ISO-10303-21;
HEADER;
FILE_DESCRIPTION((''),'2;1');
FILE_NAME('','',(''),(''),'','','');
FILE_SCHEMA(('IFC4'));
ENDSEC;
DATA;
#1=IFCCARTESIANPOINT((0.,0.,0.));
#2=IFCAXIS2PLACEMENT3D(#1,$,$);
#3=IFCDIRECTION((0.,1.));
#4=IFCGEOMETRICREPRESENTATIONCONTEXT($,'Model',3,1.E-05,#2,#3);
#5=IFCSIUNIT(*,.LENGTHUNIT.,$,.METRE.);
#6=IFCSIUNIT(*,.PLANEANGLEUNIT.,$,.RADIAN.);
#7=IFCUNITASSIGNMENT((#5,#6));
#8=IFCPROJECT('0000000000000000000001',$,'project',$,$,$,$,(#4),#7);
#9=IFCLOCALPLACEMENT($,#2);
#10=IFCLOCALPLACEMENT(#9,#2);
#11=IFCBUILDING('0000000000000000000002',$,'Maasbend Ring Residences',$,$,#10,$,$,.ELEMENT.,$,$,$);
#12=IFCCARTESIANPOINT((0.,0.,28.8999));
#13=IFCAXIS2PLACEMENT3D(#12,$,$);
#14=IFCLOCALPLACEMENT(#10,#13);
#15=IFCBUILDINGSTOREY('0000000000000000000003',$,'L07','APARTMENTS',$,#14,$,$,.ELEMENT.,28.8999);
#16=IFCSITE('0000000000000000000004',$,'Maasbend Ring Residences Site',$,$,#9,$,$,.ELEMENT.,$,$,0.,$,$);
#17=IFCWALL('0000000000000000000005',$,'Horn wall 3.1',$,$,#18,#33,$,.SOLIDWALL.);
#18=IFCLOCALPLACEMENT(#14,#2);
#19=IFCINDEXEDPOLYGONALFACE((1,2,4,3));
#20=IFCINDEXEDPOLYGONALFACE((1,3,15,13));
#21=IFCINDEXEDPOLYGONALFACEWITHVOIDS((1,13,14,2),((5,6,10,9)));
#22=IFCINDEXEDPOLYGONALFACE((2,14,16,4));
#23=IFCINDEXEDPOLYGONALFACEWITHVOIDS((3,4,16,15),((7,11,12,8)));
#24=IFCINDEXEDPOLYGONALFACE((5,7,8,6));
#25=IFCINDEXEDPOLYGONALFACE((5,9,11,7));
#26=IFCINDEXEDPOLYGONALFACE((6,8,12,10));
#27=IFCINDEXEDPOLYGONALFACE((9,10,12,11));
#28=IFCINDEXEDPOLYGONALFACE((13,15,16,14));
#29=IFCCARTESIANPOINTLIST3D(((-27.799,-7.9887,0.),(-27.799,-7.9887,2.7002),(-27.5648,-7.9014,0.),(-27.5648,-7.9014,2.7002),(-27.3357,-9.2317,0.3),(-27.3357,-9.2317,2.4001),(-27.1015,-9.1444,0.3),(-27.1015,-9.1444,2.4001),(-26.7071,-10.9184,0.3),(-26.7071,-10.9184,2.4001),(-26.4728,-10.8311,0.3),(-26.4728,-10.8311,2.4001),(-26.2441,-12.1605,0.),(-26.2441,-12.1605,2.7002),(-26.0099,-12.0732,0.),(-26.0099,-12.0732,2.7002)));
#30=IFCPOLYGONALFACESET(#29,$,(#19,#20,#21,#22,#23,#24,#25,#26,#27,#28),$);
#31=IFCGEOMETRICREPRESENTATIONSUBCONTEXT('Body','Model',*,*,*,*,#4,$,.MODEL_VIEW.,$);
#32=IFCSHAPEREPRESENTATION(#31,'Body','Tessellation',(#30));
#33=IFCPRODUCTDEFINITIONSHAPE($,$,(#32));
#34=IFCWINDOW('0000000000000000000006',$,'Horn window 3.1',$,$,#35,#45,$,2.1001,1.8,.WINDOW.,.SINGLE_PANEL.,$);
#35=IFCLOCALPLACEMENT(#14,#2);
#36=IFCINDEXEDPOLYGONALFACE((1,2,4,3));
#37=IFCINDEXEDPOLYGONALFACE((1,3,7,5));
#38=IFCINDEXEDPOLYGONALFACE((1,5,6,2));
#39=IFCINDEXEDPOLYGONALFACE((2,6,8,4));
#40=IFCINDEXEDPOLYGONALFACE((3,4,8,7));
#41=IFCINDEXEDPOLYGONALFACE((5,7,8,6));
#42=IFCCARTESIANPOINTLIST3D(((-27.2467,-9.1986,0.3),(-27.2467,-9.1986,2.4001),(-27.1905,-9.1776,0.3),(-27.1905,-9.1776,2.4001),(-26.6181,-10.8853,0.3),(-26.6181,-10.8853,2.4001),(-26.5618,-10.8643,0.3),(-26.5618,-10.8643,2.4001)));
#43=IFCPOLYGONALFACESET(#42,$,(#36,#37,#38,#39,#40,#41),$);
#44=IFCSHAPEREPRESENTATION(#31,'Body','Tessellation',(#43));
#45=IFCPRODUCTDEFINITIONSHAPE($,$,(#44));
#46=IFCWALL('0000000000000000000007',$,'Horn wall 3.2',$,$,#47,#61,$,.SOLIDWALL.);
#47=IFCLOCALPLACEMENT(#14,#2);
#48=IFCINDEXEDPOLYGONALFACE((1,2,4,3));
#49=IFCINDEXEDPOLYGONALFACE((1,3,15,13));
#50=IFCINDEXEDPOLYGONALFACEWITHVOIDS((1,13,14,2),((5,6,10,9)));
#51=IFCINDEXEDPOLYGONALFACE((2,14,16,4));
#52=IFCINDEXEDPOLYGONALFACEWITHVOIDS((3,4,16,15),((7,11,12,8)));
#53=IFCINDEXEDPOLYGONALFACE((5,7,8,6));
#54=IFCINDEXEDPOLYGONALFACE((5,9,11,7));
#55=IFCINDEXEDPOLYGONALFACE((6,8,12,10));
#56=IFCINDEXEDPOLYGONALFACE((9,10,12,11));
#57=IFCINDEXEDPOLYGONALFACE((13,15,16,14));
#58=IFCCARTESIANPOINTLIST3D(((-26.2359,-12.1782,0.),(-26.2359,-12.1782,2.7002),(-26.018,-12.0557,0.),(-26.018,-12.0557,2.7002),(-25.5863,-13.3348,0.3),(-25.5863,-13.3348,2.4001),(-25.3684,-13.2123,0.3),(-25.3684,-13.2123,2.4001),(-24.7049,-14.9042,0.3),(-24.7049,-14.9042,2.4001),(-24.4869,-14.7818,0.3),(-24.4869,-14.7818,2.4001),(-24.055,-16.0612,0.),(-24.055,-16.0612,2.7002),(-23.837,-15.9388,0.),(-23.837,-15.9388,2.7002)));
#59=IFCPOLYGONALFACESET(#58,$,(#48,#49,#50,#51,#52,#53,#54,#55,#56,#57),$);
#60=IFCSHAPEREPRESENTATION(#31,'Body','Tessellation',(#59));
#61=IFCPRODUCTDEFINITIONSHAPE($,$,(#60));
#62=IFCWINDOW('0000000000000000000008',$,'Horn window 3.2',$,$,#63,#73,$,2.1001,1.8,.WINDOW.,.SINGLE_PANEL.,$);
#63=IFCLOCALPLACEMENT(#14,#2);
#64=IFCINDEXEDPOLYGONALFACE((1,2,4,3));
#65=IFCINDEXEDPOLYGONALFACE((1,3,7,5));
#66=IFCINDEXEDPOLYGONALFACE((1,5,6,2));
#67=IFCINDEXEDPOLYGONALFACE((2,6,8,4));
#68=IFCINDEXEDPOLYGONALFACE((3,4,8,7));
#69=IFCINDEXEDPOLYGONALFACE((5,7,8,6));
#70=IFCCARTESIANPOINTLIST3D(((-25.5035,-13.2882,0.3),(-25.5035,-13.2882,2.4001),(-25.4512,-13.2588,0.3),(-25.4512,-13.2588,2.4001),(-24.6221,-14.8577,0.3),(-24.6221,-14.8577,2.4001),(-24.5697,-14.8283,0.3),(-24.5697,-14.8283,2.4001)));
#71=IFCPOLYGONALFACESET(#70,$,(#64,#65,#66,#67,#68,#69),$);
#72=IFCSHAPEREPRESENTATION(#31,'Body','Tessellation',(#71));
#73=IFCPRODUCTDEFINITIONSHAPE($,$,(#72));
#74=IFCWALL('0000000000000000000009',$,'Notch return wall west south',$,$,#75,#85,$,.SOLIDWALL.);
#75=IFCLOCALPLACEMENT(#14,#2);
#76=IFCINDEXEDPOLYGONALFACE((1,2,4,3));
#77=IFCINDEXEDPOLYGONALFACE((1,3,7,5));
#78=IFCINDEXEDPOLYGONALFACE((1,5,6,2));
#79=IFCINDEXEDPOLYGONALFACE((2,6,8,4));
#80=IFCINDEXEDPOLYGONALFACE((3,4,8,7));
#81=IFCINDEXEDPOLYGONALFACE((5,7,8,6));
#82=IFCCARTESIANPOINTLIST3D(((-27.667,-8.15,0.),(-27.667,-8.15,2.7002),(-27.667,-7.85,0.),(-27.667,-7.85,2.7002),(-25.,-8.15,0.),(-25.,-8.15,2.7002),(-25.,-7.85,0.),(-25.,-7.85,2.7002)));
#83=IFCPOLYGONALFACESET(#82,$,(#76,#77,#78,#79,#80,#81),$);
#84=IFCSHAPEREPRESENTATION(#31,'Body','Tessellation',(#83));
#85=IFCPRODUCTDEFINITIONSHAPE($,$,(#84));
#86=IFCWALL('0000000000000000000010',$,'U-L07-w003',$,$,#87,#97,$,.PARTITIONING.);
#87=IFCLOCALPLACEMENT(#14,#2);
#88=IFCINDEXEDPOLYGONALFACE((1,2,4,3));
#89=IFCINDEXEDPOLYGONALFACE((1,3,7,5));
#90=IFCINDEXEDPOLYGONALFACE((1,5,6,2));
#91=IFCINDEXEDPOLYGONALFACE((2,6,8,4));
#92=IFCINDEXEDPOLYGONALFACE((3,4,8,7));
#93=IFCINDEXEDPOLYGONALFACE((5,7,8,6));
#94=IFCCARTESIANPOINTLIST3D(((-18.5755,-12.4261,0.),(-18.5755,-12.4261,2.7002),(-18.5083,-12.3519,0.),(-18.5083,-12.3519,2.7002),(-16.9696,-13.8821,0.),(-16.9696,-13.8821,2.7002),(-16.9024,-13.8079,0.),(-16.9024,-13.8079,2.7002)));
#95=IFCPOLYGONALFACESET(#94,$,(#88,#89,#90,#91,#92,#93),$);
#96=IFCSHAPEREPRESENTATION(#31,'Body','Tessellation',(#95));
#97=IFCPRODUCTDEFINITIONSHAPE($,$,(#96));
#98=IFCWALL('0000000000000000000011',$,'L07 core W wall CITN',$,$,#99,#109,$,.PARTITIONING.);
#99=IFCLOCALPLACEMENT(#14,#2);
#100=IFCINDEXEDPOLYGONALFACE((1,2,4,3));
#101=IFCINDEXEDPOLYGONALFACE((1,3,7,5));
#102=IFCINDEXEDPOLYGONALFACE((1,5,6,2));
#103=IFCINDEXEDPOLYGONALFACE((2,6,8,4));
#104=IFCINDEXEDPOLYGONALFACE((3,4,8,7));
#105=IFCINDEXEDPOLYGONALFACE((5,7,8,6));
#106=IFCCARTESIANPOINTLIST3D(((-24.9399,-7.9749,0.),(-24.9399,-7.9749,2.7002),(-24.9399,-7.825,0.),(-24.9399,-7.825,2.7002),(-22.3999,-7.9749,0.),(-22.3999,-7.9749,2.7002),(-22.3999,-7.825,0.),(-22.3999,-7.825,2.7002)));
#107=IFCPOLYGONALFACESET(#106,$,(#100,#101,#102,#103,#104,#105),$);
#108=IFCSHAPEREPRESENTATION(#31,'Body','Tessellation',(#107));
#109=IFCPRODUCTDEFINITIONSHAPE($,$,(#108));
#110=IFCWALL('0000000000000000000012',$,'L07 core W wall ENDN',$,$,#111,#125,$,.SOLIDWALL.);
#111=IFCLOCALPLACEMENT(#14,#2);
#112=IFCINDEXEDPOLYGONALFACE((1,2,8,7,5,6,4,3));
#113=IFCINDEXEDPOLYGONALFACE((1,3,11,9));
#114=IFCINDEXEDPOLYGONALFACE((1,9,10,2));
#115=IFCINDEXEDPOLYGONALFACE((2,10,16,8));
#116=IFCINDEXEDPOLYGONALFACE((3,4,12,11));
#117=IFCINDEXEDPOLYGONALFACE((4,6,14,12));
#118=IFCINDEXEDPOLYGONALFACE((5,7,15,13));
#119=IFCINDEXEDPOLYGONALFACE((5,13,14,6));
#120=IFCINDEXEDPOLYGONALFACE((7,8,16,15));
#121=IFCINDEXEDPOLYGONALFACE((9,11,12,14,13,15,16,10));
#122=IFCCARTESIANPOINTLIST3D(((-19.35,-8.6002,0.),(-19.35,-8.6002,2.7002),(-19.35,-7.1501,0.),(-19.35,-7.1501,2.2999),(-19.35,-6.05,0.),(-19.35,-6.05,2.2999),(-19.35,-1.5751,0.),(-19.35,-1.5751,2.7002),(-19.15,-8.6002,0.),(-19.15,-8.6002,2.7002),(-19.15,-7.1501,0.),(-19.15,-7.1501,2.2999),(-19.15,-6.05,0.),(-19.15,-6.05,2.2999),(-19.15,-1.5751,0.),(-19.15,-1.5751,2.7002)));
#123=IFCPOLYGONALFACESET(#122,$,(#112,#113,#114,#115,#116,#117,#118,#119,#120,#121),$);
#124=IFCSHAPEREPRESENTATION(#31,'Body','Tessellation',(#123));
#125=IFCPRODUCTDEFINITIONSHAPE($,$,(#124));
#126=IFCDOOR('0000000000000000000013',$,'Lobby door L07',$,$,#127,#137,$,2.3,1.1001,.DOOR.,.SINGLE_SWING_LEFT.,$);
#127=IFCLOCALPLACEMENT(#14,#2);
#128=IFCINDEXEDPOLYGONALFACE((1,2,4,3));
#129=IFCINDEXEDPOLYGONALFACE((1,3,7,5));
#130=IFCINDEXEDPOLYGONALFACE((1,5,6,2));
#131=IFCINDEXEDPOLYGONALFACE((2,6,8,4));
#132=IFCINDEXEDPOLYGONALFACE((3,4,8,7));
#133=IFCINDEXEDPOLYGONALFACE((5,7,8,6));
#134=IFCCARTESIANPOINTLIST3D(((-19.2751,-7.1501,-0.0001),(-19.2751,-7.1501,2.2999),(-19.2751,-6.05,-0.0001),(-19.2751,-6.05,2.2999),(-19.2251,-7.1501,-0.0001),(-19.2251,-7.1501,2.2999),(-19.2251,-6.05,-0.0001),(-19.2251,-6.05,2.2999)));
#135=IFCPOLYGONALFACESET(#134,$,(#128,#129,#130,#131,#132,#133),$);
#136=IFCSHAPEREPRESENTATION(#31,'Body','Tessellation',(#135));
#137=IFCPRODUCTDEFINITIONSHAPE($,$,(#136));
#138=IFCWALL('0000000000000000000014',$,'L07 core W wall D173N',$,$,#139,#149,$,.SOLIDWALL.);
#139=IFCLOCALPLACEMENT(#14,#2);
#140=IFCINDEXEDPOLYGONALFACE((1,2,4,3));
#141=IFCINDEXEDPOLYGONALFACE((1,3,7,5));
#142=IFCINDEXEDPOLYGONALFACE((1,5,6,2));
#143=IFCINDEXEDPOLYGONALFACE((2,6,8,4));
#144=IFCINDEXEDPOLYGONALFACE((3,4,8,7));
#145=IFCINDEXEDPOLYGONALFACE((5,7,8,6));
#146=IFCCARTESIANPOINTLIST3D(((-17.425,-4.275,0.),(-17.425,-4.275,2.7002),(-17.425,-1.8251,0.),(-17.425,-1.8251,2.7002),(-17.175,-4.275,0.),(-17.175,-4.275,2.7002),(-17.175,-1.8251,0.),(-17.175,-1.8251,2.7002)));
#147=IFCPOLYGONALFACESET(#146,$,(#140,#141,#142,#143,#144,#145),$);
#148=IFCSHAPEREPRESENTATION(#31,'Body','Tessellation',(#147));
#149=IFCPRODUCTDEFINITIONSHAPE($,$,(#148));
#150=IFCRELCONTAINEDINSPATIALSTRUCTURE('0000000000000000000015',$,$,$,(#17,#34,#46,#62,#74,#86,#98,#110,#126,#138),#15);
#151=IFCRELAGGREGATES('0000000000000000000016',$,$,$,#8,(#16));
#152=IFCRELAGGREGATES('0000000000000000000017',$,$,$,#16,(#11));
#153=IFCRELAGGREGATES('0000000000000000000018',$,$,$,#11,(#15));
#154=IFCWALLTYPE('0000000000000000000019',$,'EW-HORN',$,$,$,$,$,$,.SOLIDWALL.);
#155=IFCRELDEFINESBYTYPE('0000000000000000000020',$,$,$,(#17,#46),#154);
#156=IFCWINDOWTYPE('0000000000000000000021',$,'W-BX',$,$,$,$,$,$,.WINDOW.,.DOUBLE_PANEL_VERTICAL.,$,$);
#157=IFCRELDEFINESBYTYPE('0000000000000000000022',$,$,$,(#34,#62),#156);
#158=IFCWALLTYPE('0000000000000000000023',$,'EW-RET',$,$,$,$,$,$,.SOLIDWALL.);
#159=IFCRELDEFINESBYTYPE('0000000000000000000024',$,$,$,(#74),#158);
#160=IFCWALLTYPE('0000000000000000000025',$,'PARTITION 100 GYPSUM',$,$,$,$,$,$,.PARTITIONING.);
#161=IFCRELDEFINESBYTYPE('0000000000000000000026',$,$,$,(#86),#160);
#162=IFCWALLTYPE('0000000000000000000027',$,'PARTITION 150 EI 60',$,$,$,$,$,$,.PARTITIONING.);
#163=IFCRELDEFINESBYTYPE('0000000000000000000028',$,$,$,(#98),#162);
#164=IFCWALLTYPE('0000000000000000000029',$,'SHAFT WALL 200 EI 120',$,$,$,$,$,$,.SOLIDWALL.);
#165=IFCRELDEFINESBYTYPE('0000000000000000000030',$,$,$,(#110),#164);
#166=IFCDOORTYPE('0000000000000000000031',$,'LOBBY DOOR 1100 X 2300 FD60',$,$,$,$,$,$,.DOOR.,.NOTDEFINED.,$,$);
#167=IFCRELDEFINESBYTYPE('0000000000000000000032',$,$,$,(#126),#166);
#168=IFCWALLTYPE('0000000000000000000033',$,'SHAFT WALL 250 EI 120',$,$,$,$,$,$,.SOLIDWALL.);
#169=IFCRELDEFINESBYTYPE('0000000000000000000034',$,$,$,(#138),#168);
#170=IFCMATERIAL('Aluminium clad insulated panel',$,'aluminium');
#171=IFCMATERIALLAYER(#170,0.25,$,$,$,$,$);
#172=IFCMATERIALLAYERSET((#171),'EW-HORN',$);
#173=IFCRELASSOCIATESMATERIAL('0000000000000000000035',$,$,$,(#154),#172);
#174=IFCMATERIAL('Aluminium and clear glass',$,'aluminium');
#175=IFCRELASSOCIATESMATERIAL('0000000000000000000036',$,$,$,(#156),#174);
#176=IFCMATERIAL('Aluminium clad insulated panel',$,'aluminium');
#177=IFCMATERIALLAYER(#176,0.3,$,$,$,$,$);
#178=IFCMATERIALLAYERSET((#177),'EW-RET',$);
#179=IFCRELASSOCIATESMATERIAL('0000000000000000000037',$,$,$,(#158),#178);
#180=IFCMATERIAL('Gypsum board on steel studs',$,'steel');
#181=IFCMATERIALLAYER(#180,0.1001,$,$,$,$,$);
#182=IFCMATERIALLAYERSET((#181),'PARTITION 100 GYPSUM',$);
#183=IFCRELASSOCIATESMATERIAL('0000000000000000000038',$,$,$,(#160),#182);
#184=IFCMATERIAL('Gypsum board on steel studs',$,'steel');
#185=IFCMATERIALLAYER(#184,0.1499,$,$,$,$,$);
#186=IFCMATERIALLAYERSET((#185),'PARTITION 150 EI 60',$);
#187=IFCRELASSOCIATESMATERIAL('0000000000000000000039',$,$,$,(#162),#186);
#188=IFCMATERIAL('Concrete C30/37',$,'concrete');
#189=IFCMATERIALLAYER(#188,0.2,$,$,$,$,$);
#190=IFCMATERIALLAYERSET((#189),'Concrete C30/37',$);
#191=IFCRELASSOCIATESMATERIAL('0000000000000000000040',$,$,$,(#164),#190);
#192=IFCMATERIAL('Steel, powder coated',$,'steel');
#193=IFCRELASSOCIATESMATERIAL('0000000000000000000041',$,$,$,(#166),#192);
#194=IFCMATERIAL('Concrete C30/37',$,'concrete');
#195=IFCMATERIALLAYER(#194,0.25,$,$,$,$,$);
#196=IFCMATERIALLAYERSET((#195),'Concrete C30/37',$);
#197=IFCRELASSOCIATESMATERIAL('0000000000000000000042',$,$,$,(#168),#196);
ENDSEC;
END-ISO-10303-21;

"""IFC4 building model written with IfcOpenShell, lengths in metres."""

from ifc_helpers import new_model, si_unit, direction, frame, frame_2d, origin, place, context, subcontext, project, spatial, rectangle, extrude, material, layer, layer_set, type_object, element, fill, save


model = new_model("IFC4")

# Units and contexts
model_context = context("Model", 3, precision=1e-05, world=origin(), true_north=direction((0.0, 1.0)))
body_context = subcontext(model_context, "Body", "Model", "MODEL_VIEW")
ifc_project = project(units=[si_unit("LENGTHUNIT", "METRE"), si_unit("PLANEANGLEUNIT", "RADIAN")], contexts=[model_context])

# Site, building, storey
site_placement = place(None, origin())
site = spatial("IfcSite", under=ifc_project, at=site_placement, Name="Maasbend Ring Residences Site", CompositionType="ELEMENT", RefElevation=0.0)
building_placement = place(site_placement, origin())
building = spatial("IfcBuilding", under=site, at=building_placement, Name="Maasbend Ring Residences", CompositionType="ELEMENT")
storey_placement = place(building_placement, frame((0.0, 0.0, 28.8999)))
storey = spatial("IfcBuildingStorey", under=building, at=storey_placement, Name="L07", Description="APARTMENTS", CompositionType="ELEMENT", Elevation=28.8999)

# Walls, openings, windows
ifc_material_1 = material(Name="Aluminium clad insulated panel", Category="aluminium")
ifc_layer_1 = layer(ifc_material_1, 0.25)
ifc_layer_set_1 = layer_set([ifc_layer_1], Name="EW-HORN")
wall_type_1 = type_object("IfcWallType", Name="EW-HORN", PredefinedType="SOLIDWALL", material=ifc_layer_set_1)
wall_1_placement = place(storey_placement, frame((-27.6819, -7.9451, 0.0), z_axis=(0.0, 0.0, 1.0), x_axis=(0.349248, -0.93703, 0.0)))
wall_1 = element("IfcWall", 1, at=wall_1_placement, inside=storey, type_object=wall_type_1, Name="Horn wall 3.1", PredefinedType="SOLIDWALL", context=body_context, shape_type="SweptSolid", body=[
    extrude(rectangle(XDim=4.4521, YDim=0.25, at=frame_2d((2.2261, 0.0))), origin(), (0.0, 0.0, 1.0), 2.7002),
])
opening_1_placement = place(wall_1_placement, frame((1.3267, 0.0, 0.3)))
opening_1 = element("IfcOpeningElement", 2, at=opening_1_placement, cuts=wall_1, PredefinedType="OPENING", context=body_context, shape_type="SweptSolid", body=[
    extrude(rectangle(XDim=1.8, YDim=2.1001, at=frame_2d((0.8999, 1.05))), frame((0.0, 0.135, 0.0), z_axis=(0.0, -1.0, 0.0), x_axis=(1.0, 0.0, 0.0)), (0.0, 0.0, 1.0), 0.27),
])
ifc_material_2 = material(Name="Aluminium and clear glass", Category="aluminium")
window_type = type_object("IfcWindowType", Name="W-BX", PartitioningType="DOUBLE_PANEL_VERTICAL", PredefinedType="WINDOW", material=ifc_material_2)
window_1_placement = place(opening_1_placement, origin())
window_1 = element("IfcWindow", 3, at=window_1_placement, inside=storey, type_object=window_type, Name="Horn window 3.1", OverallHeight=2.1001, OverallWidth=1.8, PartitioningType="SINGLE_PANEL", PredefinedType="WINDOW", context=body_context, shape_type="SweptSolid", body=[
    extrude(rectangle(XDim=1.8, YDim=2.1001, at=frame_2d((0.8999, 1.05))), frame((0.0, 0.03, 0.0), z_axis=(0.0, -1.0, 0.0), x_axis=(1.0, 0.0, 0.0)), (0.0, 0.0, 1.0), 0.0601),
])
fill(opening_1, window_1)
wall_2_placement = place(storey_placement, frame((-26.127, -12.1169, 0.0), z_axis=(0.0, 0.0, 1.0), x_axis=(0.489696, -0.871893, 0.0)))
wall_2 = element("IfcWall", 4, at=wall_2_placement, inside=storey, type_object=wall_type_1, Name="Horn wall 3.2", PredefinedType="SOLIDWALL", context=body_context, shape_type="SweptSolid", body=[
    extrude(rectangle(XDim=4.4536, YDim=0.25, at=frame_2d((2.2268, 0.0))), origin(), (0.0, 0.0, 1.0), 2.7002),
])
opening_2_placement = place(wall_2_placement, frame((1.3267, 0.0, 0.3)))
opening_2 = element("IfcOpeningElement", 5, at=opening_2_placement, cuts=wall_2, PredefinedType="OPENING", context=body_context, shape_type="SweptSolid", body=[
    extrude(rectangle(XDim=1.8, YDim=2.1001, at=frame_2d((0.8999, 1.05))), frame((0.0, 0.135, 0.0), z_axis=(0.0, -1.0, 0.0), x_axis=(1.0, 0.0, 0.0)), (0.0, 0.0, 1.0), 0.27),
])
window_2_placement = place(opening_2_placement, origin())
window_2 = element("IfcWindow", 6, at=window_2_placement, inside=storey, type_object=window_type, Name="Horn window 3.2", OverallHeight=2.1001, OverallWidth=1.8, PartitioningType="SINGLE_PANEL", PredefinedType="WINDOW", context=body_context, shape_type="SweptSolid", body=[
    extrude(rectangle(XDim=1.8, YDim=2.1001, at=frame_2d((0.8999, 1.05))), frame((0.0, 0.03, 0.0), z_axis=(0.0, -1.0, 0.0), x_axis=(1.0, 0.0, 0.0)), (0.0, 0.0, 1.0), 0.0601),
])
fill(opening_2, window_2)

# Walls
ifc_material_3 = material(Name="Aluminium clad insulated panel", Category="aluminium")
ifc_layer_2 = layer(ifc_material_3, 0.3)
ifc_layer_set_2 = layer_set([ifc_layer_2], Name="EW-RET")
wall_type_2 = type_object("IfcWallType", Name="EW-RET", PredefinedType="SOLIDWALL", material=ifc_layer_set_2)
wall_3_placement = place(storey_placement, frame((-25.0, -8.0, 0.0), z_axis=(0.0, 0.0, 1.0), x_axis=(-1.0, 0.0, 0.0)))
element("IfcWall", 7, at=wall_3_placement, inside=storey, type_object=wall_type_2, Name="Notch return wall west south", PredefinedType="SOLIDWALL", context=body_context, shape_type="SweptSolid", body=[
    extrude(rectangle(XDim=2.667, YDim=0.3, at=frame_2d((1.3335, 0.0))), origin(), (0.0, 0.0, 1.0), 2.7002),
])
ifc_material_4 = material(Name="Gypsum board on steel studs", Category="steel")
ifc_layer_3 = layer(ifc_material_4, 0.1001)
ifc_layer_set_3 = layer_set([ifc_layer_3], Name="PARTITION 100 GYPSUM")
wall_type_3 = type_object("IfcWallType", Name="PARTITION 100 GYPSUM", PredefinedType="PARTITIONING", material=ifc_layer_set_3)
wall_4_placement = place(storey_placement, frame((-18.542, -12.3889, 0.0), z_axis=(0.0, 0.0, 1.0), x_axis=(0.740836, -0.671686, 0.0)))
element("IfcWall", 8, at=wall_4_placement, inside=storey, type_object=wall_type_3, Name="U-L07-w003", PredefinedType="PARTITIONING", context=body_context, shape_type="SweptSolid", body=[
    extrude(rectangle(XDim=2.1677, YDim=0.1001, at=frame_2d((1.084, 0.0))), origin(), (0.0, 0.0, 1.0), 2.7002),
])
ifc_material_5 = material(Name="Gypsum board on steel studs", Category="steel")
ifc_layer_4 = layer(ifc_material_5, 0.1499)
ifc_layer_set_4 = layer_set([ifc_layer_4], Name="PARTITION 150 EI 60")
wall_type_4 = type_object("IfcWallType", Name="PARTITION 150 EI 60", PredefinedType="PARTITIONING", material=ifc_layer_set_4)
wall_5_placement = place(storey_placement, frame((-22.3999, -7.8999, 0.0), z_axis=(0.0, 0.0, 1.0), x_axis=(-1.0, 0.0, 0.0)))
element("IfcWall", 9, at=wall_5_placement, inside=storey, type_object=wall_type_4, Name="L07 core W wall CITN", PredefinedType="PARTITIONING", context=body_context, shape_type="SweptSolid", body=[
    extrude(rectangle(XDim=2.54, YDim=0.1499, at=frame_2d((1.27, 0.0))), origin(), (0.0, 0.0, 1.0), 2.7002),
])

# Wall, opening, door
ifc_material_6 = material(Name="Concrete C30/37", Category="concrete")
ifc_layer_5 = layer(ifc_material_6, 0.2)
ifc_layer_set_5 = layer_set([ifc_layer_5], Name="Concrete C30/37")
wall_type_5 = type_object("IfcWallType", Name="SHAFT WALL 200 EI 120", PredefinedType="SOLIDWALL", material=ifc_layer_set_5)
wall_6_placement = place(storey_placement, frame((-19.25, -1.575, 0.0), z_axis=(0.0, 0.0, 1.0), x_axis=(0.0, -1.0, 0.0)))
wall_6 = element("IfcWall", 10, at=wall_6_placement, inside=storey, type_object=wall_type_5, Name="L07 core W wall ENDN", PredefinedType="SOLIDWALL", context=body_context, shape_type="SweptSolid", body=[
    extrude(rectangle(XDim=7.0251, YDim=0.2, at=frame_2d((3.5127, 0.0))), origin(), (0.0, 0.0, 1.0), 2.7002),
])
opening_3_placement = place(wall_6_placement, frame((4.4751, 0.0, 0.0)))
opening_3 = element("IfcOpeningElement", 11, at=opening_3_placement, cuts=wall_6, PredefinedType="OPENING", context=body_context, shape_type="SweptSolid", body=[
    extrude(rectangle(XDim=1.1001, YDim=2.3, at=frame_2d((0.55, 1.1499))), frame((0.0, 0.1099, 0.0), z_axis=(0.0, -1.0, 0.0), x_axis=(1.0, 0.0, 0.0)), (0.0, 0.0, 1.0), 0.22),
])
ifc_material_7 = material(Name="Steel, powder coated", Category="steel")
door_type_1 = type_object("IfcDoorType", Name="LOBBY DOOR 1100 X 2300 FD60", OperationType="NOTDEFINED", PredefinedType="DOOR", material=ifc_material_7)
door_1_placement = place(opening_3_placement, origin())
door_1 = element("IfcDoor", 12, at=door_1_placement, inside=storey, type_object=door_type_1, Name="Lobby door L07", OperationType="SINGLE_SWING_LEFT", OverallHeight=2.3, OverallWidth=1.1001, PredefinedType="DOOR", context=body_context, shape_type="SweptSolid", body=[
    extrude(rectangle(XDim=1.1001, YDim=2.3, at=frame_2d((0.55, 1.1499))), frame((0.0, 0.0249, 0.0), z_axis=(0.0, -1.0, 0.0), x_axis=(1.0, 0.0, 0.0)), (0.0, 0.0, 1.0), 0.05),
])
fill(opening_3, door_1)

# Wall
ifc_material_8 = material(Name="Concrete C30/37", Category="concrete")
ifc_layer_6 = layer(ifc_material_8, 0.25)
ifc_layer_set_6 = layer_set([ifc_layer_6], Name="Concrete C30/37")
wall_type_6 = type_object("IfcWallType", Name="SHAFT WALL 250 EI 120", PredefinedType="SOLIDWALL", material=ifc_layer_set_6)
wall_7_placement = place(storey_placement, frame((-17.3, -1.825, 0.0), z_axis=(0.0, 0.0, 1.0), x_axis=(0.0, -1.0, 0.0)))
element("IfcWall", 13, at=wall_7_placement, inside=storey, type_object=wall_type_6, Name="L07 core W wall D173N", PredefinedType="SOLIDWALL", context=body_context, shape_type="SweptSolid", body=[
    extrude(rectangle(XDim=2.45, YDim=0.25, at=frame_2d((1.2251, 0.0))), origin(), (0.0, 0.0, 1.0), 2.7002),
])

save(model, "model.ifc")
